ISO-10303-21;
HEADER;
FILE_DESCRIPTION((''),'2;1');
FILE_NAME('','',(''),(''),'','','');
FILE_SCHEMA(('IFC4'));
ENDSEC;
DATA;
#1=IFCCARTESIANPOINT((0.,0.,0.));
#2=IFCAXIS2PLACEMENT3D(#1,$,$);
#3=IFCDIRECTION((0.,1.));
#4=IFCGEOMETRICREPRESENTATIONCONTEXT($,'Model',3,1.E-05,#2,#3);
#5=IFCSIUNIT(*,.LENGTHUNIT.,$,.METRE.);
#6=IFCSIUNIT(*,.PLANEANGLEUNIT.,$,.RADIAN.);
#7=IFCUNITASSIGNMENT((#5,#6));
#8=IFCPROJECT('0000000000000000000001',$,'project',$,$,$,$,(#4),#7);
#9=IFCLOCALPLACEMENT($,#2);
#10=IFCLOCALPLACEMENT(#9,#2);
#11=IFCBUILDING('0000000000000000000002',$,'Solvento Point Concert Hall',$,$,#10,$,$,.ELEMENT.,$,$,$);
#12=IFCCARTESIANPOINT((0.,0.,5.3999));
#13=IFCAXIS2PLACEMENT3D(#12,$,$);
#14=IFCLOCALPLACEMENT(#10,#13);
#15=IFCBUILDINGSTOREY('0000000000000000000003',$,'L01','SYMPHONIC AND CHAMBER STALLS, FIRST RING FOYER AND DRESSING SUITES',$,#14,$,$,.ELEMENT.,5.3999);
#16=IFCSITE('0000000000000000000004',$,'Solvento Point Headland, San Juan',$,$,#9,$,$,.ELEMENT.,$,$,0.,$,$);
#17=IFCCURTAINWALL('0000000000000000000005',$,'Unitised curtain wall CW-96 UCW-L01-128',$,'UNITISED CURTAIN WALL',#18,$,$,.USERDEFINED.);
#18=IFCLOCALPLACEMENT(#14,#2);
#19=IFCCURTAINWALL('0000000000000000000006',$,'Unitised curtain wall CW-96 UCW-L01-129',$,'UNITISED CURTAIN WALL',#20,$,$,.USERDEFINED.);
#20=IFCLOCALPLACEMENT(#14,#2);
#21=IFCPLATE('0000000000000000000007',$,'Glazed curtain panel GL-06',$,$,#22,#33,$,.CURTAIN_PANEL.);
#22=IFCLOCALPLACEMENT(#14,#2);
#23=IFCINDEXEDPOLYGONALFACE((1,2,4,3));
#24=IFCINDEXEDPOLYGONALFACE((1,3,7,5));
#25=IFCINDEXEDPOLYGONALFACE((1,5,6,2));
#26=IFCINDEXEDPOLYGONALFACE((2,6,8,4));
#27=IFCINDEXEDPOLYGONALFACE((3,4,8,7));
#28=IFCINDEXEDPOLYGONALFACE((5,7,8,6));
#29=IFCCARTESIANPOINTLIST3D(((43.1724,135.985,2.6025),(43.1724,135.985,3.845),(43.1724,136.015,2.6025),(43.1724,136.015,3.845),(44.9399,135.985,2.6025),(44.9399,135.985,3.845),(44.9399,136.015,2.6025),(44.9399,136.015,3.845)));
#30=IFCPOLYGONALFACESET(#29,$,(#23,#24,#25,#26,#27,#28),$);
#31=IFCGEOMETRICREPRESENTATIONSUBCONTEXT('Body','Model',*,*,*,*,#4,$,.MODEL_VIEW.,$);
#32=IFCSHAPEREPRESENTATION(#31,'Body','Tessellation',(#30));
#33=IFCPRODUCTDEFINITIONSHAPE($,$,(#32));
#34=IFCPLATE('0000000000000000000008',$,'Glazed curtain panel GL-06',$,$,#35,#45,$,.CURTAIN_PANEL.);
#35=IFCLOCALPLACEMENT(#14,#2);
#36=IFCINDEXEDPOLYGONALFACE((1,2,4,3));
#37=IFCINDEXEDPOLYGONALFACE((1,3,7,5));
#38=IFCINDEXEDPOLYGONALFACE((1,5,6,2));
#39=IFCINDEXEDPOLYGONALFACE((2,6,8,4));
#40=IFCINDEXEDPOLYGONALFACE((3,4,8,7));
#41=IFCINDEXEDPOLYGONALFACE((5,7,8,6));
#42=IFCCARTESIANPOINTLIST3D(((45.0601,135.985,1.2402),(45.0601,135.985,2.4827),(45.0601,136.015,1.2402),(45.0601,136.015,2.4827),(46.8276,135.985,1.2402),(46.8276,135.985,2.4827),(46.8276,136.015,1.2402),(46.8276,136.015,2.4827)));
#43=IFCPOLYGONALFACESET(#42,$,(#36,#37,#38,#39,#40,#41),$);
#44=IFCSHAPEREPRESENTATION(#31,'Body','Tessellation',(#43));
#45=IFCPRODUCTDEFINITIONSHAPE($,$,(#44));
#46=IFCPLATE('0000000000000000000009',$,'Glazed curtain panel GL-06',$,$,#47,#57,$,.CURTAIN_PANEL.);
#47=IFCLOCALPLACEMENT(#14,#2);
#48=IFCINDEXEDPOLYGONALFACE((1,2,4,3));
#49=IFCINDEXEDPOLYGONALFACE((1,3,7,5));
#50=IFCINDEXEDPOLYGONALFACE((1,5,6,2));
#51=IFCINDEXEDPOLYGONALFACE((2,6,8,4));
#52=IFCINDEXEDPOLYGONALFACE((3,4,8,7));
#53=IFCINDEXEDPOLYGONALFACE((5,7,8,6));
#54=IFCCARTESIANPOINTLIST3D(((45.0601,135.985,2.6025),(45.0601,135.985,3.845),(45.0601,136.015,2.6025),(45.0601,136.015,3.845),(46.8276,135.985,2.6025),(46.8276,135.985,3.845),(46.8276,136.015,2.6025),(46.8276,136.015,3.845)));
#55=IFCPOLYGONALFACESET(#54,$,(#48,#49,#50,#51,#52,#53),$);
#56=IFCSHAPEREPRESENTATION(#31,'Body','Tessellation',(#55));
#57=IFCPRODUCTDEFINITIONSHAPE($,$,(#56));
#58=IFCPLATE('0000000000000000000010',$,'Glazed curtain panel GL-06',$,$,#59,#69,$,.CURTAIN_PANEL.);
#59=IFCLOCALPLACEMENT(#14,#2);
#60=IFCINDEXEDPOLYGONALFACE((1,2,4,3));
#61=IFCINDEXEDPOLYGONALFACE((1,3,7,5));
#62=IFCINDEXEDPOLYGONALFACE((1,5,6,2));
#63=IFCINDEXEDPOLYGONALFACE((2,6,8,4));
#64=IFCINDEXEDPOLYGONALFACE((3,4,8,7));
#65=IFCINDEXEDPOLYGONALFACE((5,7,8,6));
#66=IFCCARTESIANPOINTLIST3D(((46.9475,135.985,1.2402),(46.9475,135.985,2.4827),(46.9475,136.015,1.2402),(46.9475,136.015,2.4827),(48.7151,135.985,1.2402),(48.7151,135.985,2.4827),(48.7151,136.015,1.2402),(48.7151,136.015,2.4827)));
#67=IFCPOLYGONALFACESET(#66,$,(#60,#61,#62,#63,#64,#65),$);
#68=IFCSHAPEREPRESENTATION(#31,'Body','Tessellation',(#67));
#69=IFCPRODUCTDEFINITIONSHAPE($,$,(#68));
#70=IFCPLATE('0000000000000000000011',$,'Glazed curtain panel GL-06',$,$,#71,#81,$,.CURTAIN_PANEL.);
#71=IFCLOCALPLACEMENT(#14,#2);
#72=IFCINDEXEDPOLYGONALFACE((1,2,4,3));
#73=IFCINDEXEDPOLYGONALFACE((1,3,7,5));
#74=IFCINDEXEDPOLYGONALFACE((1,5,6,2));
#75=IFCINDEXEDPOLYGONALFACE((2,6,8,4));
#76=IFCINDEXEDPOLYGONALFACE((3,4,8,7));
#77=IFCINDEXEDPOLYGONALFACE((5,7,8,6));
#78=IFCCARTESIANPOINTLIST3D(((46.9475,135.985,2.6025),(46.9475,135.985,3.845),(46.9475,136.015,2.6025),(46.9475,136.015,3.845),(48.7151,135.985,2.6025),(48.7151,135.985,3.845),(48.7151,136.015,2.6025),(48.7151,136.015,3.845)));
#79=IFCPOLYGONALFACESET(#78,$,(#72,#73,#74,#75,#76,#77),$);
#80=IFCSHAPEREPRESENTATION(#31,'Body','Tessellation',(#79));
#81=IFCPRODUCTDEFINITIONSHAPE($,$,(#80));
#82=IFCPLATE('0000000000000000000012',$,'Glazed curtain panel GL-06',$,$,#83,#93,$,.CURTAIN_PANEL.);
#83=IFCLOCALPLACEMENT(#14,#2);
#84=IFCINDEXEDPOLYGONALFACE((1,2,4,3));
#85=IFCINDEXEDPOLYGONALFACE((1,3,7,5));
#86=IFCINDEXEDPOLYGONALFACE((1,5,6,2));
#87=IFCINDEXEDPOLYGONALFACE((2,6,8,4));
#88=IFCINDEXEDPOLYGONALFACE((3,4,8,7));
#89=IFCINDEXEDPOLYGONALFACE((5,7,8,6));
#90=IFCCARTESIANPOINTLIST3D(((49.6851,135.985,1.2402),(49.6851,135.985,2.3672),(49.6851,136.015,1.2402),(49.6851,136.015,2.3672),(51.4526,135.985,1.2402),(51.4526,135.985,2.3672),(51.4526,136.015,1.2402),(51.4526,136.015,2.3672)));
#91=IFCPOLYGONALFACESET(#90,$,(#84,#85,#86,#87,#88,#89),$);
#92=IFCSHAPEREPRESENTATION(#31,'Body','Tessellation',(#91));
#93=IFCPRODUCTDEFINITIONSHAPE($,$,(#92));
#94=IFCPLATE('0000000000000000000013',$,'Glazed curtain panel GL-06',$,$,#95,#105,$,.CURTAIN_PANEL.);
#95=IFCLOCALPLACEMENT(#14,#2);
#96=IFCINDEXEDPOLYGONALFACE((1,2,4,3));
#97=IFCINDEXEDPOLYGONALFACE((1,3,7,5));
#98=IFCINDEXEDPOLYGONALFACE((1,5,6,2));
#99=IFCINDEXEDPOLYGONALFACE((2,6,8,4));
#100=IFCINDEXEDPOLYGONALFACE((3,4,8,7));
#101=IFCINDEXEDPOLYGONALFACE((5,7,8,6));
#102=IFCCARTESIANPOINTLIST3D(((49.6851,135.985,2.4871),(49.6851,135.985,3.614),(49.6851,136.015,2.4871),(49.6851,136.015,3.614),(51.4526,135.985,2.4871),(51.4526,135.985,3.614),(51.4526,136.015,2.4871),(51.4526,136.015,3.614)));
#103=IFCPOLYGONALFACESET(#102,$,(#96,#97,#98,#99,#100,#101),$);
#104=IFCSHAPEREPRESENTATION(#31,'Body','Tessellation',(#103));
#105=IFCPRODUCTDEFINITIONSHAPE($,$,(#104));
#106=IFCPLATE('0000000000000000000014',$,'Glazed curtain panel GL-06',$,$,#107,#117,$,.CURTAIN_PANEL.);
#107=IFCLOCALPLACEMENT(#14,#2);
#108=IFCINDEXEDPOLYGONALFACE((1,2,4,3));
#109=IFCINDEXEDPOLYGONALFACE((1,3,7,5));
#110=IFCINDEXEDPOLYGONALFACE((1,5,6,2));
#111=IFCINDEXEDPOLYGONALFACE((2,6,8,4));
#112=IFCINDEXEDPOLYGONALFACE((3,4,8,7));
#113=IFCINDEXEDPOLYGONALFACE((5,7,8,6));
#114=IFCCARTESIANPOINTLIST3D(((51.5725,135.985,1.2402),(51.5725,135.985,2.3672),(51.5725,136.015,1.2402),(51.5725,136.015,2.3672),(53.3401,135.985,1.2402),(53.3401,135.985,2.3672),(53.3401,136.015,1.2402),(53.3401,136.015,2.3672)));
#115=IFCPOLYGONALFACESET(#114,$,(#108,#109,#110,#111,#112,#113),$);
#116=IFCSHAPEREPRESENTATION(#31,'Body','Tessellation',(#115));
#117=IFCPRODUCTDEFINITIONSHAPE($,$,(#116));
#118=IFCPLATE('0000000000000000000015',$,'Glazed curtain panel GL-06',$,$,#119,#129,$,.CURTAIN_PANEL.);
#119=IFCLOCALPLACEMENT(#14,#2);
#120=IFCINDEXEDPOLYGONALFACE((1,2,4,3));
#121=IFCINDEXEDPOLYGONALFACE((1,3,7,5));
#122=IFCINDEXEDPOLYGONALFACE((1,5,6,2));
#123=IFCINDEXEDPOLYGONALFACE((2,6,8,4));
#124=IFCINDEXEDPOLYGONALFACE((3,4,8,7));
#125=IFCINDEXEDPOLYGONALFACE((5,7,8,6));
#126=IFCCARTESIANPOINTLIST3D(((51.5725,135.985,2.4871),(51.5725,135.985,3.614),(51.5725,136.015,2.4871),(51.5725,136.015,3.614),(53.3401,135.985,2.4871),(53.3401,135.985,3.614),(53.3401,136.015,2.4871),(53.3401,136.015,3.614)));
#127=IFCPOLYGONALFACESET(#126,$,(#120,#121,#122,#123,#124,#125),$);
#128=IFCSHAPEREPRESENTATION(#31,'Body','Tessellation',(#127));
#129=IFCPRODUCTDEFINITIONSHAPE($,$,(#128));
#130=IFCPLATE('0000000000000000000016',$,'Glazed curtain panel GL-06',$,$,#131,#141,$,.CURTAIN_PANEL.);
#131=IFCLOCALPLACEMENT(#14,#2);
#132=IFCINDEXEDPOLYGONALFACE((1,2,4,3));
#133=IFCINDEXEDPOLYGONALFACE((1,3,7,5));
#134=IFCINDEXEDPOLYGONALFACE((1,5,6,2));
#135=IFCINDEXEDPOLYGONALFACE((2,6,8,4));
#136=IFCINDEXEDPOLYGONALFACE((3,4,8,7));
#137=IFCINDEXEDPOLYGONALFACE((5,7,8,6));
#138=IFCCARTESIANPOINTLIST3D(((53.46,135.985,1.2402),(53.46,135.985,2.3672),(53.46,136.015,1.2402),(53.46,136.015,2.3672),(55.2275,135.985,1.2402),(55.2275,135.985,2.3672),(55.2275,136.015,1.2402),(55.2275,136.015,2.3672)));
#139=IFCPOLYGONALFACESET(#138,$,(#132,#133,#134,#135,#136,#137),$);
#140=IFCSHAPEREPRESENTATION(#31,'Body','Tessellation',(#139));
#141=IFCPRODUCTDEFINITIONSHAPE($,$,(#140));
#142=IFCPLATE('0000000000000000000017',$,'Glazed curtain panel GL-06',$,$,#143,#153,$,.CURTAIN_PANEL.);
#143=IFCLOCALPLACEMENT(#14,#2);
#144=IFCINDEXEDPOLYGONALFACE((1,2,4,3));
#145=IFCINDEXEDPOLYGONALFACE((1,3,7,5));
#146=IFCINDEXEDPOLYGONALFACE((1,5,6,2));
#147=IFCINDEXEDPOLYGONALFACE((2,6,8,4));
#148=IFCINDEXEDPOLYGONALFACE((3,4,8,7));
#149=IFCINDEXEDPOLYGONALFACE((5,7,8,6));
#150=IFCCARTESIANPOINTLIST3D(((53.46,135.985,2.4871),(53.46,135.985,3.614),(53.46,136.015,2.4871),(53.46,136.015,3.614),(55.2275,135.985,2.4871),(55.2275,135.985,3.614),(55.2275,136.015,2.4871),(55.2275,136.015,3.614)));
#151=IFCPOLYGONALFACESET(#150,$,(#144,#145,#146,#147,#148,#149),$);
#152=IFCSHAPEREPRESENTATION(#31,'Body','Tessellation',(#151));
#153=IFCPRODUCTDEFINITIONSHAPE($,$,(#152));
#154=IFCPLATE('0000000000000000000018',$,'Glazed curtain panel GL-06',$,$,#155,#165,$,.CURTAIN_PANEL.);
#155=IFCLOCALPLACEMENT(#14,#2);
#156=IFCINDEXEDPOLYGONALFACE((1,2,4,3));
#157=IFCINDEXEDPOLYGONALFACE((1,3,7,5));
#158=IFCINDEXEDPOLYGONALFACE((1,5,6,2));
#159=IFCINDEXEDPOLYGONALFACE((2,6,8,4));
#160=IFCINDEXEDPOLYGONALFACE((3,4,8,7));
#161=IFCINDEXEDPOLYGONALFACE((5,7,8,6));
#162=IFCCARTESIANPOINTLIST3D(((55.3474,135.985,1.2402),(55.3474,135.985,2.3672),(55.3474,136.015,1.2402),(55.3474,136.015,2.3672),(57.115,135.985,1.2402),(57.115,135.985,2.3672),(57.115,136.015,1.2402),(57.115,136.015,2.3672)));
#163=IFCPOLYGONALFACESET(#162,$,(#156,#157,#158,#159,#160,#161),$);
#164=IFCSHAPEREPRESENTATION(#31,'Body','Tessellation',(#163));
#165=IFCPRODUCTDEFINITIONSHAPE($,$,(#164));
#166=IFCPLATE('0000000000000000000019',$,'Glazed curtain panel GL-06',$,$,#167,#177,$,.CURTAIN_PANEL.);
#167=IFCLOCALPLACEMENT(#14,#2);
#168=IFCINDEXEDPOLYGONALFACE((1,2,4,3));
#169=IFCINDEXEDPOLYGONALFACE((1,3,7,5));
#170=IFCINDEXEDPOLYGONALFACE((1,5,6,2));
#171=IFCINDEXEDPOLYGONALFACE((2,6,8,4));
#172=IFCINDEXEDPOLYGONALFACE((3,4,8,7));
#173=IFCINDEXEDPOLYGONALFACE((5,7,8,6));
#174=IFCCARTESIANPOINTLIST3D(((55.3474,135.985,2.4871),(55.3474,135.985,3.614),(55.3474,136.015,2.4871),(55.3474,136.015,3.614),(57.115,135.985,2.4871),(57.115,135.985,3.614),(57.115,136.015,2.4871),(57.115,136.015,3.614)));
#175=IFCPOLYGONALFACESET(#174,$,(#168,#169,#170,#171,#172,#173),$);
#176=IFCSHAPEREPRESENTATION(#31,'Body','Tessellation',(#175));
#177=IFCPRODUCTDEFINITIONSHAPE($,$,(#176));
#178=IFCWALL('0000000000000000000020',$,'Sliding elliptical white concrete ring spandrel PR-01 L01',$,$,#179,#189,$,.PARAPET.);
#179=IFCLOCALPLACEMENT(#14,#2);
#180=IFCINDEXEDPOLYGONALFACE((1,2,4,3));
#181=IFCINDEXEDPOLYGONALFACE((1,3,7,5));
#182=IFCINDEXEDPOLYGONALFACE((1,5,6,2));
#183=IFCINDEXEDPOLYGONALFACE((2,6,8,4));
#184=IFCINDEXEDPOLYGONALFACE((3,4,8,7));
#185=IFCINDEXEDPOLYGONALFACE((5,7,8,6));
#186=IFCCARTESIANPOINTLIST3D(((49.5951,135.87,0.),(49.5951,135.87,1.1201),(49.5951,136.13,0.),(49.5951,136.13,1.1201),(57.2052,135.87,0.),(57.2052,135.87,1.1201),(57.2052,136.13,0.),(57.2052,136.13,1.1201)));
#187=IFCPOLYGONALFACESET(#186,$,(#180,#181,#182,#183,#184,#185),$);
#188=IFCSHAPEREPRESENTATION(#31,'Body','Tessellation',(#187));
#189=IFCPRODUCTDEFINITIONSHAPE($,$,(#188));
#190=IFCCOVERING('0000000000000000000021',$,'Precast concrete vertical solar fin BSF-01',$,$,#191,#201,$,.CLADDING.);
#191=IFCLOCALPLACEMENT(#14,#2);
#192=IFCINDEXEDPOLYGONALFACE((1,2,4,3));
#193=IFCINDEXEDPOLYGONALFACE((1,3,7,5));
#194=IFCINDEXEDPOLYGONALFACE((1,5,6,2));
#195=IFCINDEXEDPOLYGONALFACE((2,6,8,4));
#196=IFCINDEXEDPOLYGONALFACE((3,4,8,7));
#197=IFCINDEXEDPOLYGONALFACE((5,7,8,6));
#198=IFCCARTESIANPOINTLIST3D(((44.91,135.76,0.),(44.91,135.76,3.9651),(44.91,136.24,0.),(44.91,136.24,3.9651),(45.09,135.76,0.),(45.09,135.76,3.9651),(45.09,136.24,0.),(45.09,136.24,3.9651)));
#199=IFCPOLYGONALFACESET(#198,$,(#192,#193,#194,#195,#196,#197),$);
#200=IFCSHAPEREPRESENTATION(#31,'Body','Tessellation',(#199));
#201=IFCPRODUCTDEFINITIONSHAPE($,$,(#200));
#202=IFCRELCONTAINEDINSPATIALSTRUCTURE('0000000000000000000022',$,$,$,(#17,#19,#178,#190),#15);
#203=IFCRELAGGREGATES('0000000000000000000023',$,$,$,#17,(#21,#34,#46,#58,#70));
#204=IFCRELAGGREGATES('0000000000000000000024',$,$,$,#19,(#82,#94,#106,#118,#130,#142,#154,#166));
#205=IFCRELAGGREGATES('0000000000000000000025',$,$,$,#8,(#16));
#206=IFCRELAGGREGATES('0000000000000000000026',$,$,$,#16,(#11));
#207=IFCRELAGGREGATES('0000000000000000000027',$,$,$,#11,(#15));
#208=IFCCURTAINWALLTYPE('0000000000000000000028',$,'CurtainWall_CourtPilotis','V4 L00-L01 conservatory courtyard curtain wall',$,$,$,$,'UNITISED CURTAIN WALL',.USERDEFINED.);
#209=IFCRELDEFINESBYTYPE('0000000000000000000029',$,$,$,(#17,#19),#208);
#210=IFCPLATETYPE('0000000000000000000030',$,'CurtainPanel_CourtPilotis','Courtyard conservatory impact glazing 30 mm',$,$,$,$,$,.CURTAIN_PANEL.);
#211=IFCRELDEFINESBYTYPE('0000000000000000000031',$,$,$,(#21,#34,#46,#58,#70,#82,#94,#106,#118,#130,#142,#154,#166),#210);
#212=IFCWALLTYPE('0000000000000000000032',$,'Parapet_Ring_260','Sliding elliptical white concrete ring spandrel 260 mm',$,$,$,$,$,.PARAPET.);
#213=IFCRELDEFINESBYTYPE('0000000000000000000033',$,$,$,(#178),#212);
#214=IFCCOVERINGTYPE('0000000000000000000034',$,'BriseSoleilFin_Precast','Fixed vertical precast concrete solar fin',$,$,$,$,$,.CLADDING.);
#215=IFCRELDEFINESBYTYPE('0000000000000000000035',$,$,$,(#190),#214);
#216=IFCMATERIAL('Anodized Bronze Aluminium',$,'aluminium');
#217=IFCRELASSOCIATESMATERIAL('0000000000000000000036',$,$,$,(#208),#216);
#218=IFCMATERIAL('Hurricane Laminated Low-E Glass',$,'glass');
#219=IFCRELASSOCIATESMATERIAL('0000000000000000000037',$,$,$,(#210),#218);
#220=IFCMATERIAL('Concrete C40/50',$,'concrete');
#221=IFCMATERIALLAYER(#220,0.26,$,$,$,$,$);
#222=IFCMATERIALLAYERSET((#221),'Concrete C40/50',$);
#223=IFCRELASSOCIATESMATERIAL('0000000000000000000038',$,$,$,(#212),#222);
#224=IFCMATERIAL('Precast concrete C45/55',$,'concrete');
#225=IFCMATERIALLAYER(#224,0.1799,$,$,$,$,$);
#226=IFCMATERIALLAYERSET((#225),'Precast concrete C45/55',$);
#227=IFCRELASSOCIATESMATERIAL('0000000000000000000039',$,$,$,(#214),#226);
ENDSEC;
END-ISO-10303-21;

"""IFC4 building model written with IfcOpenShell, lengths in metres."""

from ifc_helpers import new_model, si_unit, direction, frame, frame_2d, origin, origin_2d, place, context, subcontext, project, spatial, rectangle, extrude, material, layer, layer_set, type_object, element, aggregate, save


model = new_model("IFC4")

# Units and contexts
model_context = context("Model", 3, precision=1e-05, world=origin(), true_north=direction((0.0, 1.0)))
body_context = subcontext(model_context, "Body", "Model", "MODEL_VIEW")
ifc_project = project(units=[si_unit("LENGTHUNIT", "METRE"), si_unit("PLANEANGLEUNIT", "RADIAN")], contexts=[model_context])

# Site, building, storey
site_placement = place(None, origin())
site = spatial("IfcSite", under=ifc_project, at=site_placement, Name="Solvento Point Headland, San Juan", CompositionType="ELEMENT", RefElevation=0.0)
building_placement = place(site_placement, origin())
building = spatial("IfcBuilding", under=site, at=building_placement, Name="Solvento Point Concert Hall", CompositionType="ELEMENT")
storey_placement = place(building_placement, frame((0.0, 0.0, 5.3999)))
storey = spatial("IfcBuildingStorey", under=building, at=storey_placement, Name="L01", Description="SYMPHONIC AND CHAMBER STALLS, FIRST RING FOYER AND DRESSING SUITES", CompositionType="ELEMENT", Elevation=5.3999)

# Curtain walls
ifc_material_1 = material(Name="Anodized Bronze Aluminium", Category="aluminium")
curtain_wall_type = type_object("IfcCurtainWallType", Name="CurtainWall_CourtPilotis", Description="V4 L00-L01 conservatory courtyard curtain wall", ElementType="UNITISED CURTAIN WALL", PredefinedType="USERDEFINED", material=ifc_material_1)
curtain_wall_1_placement = place(storey_placement, origin())
curtain_wall_1 = element("IfcCurtainWall", 1, at=curtain_wall_1_placement, inside=storey, type_object=curtain_wall_type, Name="Unitised curtain wall CW-96 UCW-L01-128", ObjectType="UNITISED CURTAIN WALL", PredefinedType="USERDEFINED")
curtain_wall_2_placement = place(storey_placement, origin())
curtain_wall_2 = element("IfcCurtainWall", 2, at=curtain_wall_2_placement, inside=storey, type_object=curtain_wall_type, Name="Unitised curtain wall CW-96 UCW-L01-129", ObjectType="UNITISED CURTAIN WALL", PredefinedType="USERDEFINED")

# Plates
ifc_material_2 = material(Name="Hurricane Laminated Low-E Glass", Category="glass")
plate_type = type_object("IfcPlateType", Name="CurtainPanel_CourtPilotis", Description="Courtyard conservatory impact glazing 30 mm", PredefinedType="CURTAIN_PANEL", material=ifc_material_2)
plate_1_placement = place(storey_placement, frame((44.0562, 136.0, 2.6025), z_axis=(0.0, 0.0, 1.0), x_axis=(1.0, 0.0, 0.0)))
plate_1 = element("IfcPlate", 3, at=plate_1_placement, type_object=plate_type, Name="Glazed curtain panel GL-06", PredefinedType="CURTAIN_PANEL", context=body_context, shape_type="SweptSolid", body=[
    extrude(rectangle(XDim=1.7676, YDim=0.03, at=origin_2d()), origin(), (0.0, 0.0, 1.0), 1.2424),
])
plate_2_placement = place(storey_placement, frame((45.9438, 136.0, 1.2402), z_axis=(0.0, 0.0, 1.0), x_axis=(1.0, 0.0, 0.0)))
plate_2 = element("IfcPlate", 4, at=plate_2_placement, type_object=plate_type, Name="Glazed curtain panel GL-06", PredefinedType="CURTAIN_PANEL", context=body_context, shape_type="SweptSolid", body=[
    extrude(rectangle(XDim=1.7676, YDim=0.03, at=origin_2d()), origin(), (0.0, 0.0, 1.0), 1.2424),
])
plate_3_placement = place(storey_placement, frame((45.9438, 136.0, 2.6025), z_axis=(0.0, 0.0, 1.0), x_axis=(1.0, 0.0, 0.0)))
plate_3 = element("IfcPlate", 5, at=plate_3_placement, type_object=plate_type, Name="Glazed curtain panel GL-06", PredefinedType="CURTAIN_PANEL", context=body_context, shape_type="SweptSolid", body=[
    extrude(rectangle(XDim=1.7676, YDim=0.03, at=origin_2d()), origin(), (0.0, 0.0, 1.0), 1.2424),
])
plate_4_placement = place(storey_placement, frame((47.8313, 136.0, 1.2402), z_axis=(0.0, 0.0, 1.0), x_axis=(1.0, 0.0, 0.0)))
plate_4 = element("IfcPlate", 6, at=plate_4_placement, type_object=plate_type, Name="Glazed curtain panel GL-06", PredefinedType="CURTAIN_PANEL", context=body_context, shape_type="SweptSolid", body=[
    extrude(rectangle(XDim=1.7676, YDim=0.03, at=origin_2d()), origin(), (0.0, 0.0, 1.0), 1.2424),
])
plate_5_placement = place(storey_placement, frame((47.8313, 136.0, 2.6025), z_axis=(0.0, 0.0, 1.0), x_axis=(1.0, 0.0, 0.0)))
plate_5 = element("IfcPlate", 7, at=plate_5_placement, type_object=plate_type, Name="Glazed curtain panel GL-06", PredefinedType="CURTAIN_PANEL", context=body_context, shape_type="SweptSolid", body=[
    extrude(rectangle(XDim=1.7676, YDim=0.03, at=origin_2d()), origin(), (0.0, 0.0, 1.0), 1.2424),
])
aggregate(curtain_wall_1, [plate_1, plate_2, plate_3, plate_4, plate_5])
plate_6_placement = place(storey_placement, frame((50.5688, 136.0, 1.2402), z_axis=(0.0, 0.0, 1.0), x_axis=(1.0, 0.0, 0.0)))
plate_6 = element("IfcPlate", 8, at=plate_6_placement, type_object=plate_type, Name="Glazed curtain panel GL-06", PredefinedType="CURTAIN_PANEL", context=body_context, shape_type="SweptSolid", body=[
    extrude(rectangle(XDim=1.7676, YDim=0.03, at=origin_2d()), origin(), (0.0, 0.0, 1.0), 1.127),
])
plate_7_placement = place(storey_placement, frame((50.5688, 136.0, 2.4871), z_axis=(0.0, 0.0, 1.0), x_axis=(1.0, 0.0, 0.0)))
plate_7 = element("IfcPlate", 9, at=plate_7_placement, type_object=plate_type, Name="Glazed curtain panel GL-06", PredefinedType="CURTAIN_PANEL", context=body_context, shape_type="SweptSolid", body=[
    extrude(rectangle(XDim=1.7676, YDim=0.03, at=origin_2d()), origin(), (0.0, 0.0, 1.0), 1.127),
])
plate_8_placement = place(storey_placement, frame((52.4563, 136.0, 1.2402), z_axis=(0.0, 0.0, 1.0), x_axis=(1.0, 0.0, 0.0)))
plate_8 = element("IfcPlate", 10, at=plate_8_placement, type_object=plate_type, Name="Glazed curtain panel GL-06", PredefinedType="CURTAIN_PANEL", context=body_context, shape_type="SweptSolid", body=[
    extrude(rectangle(XDim=1.7676, YDim=0.03, at=origin_2d()), origin(), (0.0, 0.0, 1.0), 1.127),
])
plate_9_placement = place(storey_placement, frame((52.4563, 136.0, 2.4871), z_axis=(0.0, 0.0, 1.0), x_axis=(1.0, 0.0, 0.0)))
plate_9 = element("IfcPlate", 11, at=plate_9_placement, type_object=plate_type, Name="Glazed curtain panel GL-06", PredefinedType="CURTAIN_PANEL", context=body_context, shape_type="SweptSolid", body=[
    extrude(rectangle(XDim=1.7676, YDim=0.03, at=origin_2d()), origin(), (0.0, 0.0, 1.0), 1.127),
])
plate_10_placement = place(storey_placement, frame((54.3438, 136.0, 1.2402), z_axis=(0.0, 0.0, 1.0), x_axis=(1.0, 0.0, 0.0)))
plate_10 = element("IfcPlate", 12, at=plate_10_placement, type_object=plate_type, Name="Glazed curtain panel GL-06", PredefinedType="CURTAIN_PANEL", context=body_context, shape_type="SweptSolid", body=[
    extrude(rectangle(XDim=1.7676, YDim=0.03, at=origin_2d()), origin(), (0.0, 0.0, 1.0), 1.127),
])
plate_11_placement = place(storey_placement, frame((54.3438, 136.0, 2.4871), z_axis=(0.0, 0.0, 1.0), x_axis=(1.0, 0.0, 0.0)))
plate_11 = element("IfcPlate", 13, at=plate_11_placement, type_object=plate_type, Name="Glazed curtain panel GL-06", PredefinedType="CURTAIN_PANEL", context=body_context, shape_type="SweptSolid", body=[
    extrude(rectangle(XDim=1.7676, YDim=0.03, at=origin_2d()), origin(), (0.0, 0.0, 1.0), 1.127),
])
plate_12_placement = place(storey_placement, frame((56.2312, 136.0, 1.2402), z_axis=(0.0, 0.0, 1.0), x_axis=(1.0, 0.0, 0.0)))
plate_12 = element("IfcPlate", 14, at=plate_12_placement, type_object=plate_type, Name="Glazed curtain panel GL-06", PredefinedType="CURTAIN_PANEL", context=body_context, shape_type="SweptSolid", body=[
    extrude(rectangle(XDim=1.7676, YDim=0.03, at=origin_2d()), origin(), (0.0, 0.0, 1.0), 1.127),
])
plate_13_placement = place(storey_placement, frame((56.2312, 136.0, 2.4871), z_axis=(0.0, 0.0, 1.0), x_axis=(1.0, 0.0, 0.0)))
plate_13 = element("IfcPlate", 15, at=plate_13_placement, type_object=plate_type, Name="Glazed curtain panel GL-06", PredefinedType="CURTAIN_PANEL", context=body_context, shape_type="SweptSolid", body=[
    extrude(rectangle(XDim=1.7676, YDim=0.03, at=origin_2d()), origin(), (0.0, 0.0, 1.0), 1.127),
])
aggregate(curtain_wall_2, [plate_6, plate_7, plate_8, plate_9, plate_10, plate_11, plate_12, plate_13])

# Wall
ifc_material_3 = material(Name="Concrete C40/50", Category="concrete")
ifc_layer_1 = layer(ifc_material_3, 0.26)
ifc_layer_set_1 = layer_set([ifc_layer_1], Name="Concrete C40/50")
wall_type = type_object("IfcWallType", Name="Parapet_Ring_260", Description="Sliding elliptical white concrete ring spandrel 260 mm", PredefinedType="PARAPET", material=ifc_layer_set_1)
wall_placement = place(storey_placement, frame((49.595, 136.0, 0.0), z_axis=(0.0, 0.0, 1.0), x_axis=(1.0, 0.0, 0.0)))
element("IfcWall", 16, at=wall_placement, inside=storey, type_object=wall_type, Name="Sliding elliptical white concrete ring spandrel PR-01 L01", PredefinedType="PARAPET", context=body_context, shape_type="SweptSolid", body=[
    extrude(rectangle(XDim=7.6101, YDim=0.26, at=frame_2d((3.8052, 0.0))), origin(), (0.0, 0.0, 1.0), 1.1201),
])

# Covering
ifc_material_4 = material(Name="Precast concrete C45/55", Category="concrete")
ifc_layer_2 = layer(ifc_material_4, 0.1799)
ifc_layer_set_2 = layer_set([ifc_layer_2], Name="Precast concrete C45/55")
covering_type = type_object("IfcCoveringType", Name="BriseSoleilFin_Precast", Description="Fixed vertical precast concrete solar fin", PredefinedType="CLADDING", material=ifc_layer_set_2)
covering_placement = place(storey_placement, frame((45.0, 136.0, 0.0), z_axis=(0.0, 0.0, 1.0), x_axis=(1.0, 0.0, 0.0)))
element("IfcCovering", 17, at=covering_placement, inside=storey, type_object=covering_type, Name="Precast concrete vertical solar fin BSF-01", PredefinedType="CLADDING", context=body_context, shape_type="SweptSolid", body=[
    extrude(rectangle(XDim=0.1799, YDim=0.48, at=origin_2d()), origin(), (0.0, 0.0, 1.0), 3.9651),
])

save(model, "model.ifc")
